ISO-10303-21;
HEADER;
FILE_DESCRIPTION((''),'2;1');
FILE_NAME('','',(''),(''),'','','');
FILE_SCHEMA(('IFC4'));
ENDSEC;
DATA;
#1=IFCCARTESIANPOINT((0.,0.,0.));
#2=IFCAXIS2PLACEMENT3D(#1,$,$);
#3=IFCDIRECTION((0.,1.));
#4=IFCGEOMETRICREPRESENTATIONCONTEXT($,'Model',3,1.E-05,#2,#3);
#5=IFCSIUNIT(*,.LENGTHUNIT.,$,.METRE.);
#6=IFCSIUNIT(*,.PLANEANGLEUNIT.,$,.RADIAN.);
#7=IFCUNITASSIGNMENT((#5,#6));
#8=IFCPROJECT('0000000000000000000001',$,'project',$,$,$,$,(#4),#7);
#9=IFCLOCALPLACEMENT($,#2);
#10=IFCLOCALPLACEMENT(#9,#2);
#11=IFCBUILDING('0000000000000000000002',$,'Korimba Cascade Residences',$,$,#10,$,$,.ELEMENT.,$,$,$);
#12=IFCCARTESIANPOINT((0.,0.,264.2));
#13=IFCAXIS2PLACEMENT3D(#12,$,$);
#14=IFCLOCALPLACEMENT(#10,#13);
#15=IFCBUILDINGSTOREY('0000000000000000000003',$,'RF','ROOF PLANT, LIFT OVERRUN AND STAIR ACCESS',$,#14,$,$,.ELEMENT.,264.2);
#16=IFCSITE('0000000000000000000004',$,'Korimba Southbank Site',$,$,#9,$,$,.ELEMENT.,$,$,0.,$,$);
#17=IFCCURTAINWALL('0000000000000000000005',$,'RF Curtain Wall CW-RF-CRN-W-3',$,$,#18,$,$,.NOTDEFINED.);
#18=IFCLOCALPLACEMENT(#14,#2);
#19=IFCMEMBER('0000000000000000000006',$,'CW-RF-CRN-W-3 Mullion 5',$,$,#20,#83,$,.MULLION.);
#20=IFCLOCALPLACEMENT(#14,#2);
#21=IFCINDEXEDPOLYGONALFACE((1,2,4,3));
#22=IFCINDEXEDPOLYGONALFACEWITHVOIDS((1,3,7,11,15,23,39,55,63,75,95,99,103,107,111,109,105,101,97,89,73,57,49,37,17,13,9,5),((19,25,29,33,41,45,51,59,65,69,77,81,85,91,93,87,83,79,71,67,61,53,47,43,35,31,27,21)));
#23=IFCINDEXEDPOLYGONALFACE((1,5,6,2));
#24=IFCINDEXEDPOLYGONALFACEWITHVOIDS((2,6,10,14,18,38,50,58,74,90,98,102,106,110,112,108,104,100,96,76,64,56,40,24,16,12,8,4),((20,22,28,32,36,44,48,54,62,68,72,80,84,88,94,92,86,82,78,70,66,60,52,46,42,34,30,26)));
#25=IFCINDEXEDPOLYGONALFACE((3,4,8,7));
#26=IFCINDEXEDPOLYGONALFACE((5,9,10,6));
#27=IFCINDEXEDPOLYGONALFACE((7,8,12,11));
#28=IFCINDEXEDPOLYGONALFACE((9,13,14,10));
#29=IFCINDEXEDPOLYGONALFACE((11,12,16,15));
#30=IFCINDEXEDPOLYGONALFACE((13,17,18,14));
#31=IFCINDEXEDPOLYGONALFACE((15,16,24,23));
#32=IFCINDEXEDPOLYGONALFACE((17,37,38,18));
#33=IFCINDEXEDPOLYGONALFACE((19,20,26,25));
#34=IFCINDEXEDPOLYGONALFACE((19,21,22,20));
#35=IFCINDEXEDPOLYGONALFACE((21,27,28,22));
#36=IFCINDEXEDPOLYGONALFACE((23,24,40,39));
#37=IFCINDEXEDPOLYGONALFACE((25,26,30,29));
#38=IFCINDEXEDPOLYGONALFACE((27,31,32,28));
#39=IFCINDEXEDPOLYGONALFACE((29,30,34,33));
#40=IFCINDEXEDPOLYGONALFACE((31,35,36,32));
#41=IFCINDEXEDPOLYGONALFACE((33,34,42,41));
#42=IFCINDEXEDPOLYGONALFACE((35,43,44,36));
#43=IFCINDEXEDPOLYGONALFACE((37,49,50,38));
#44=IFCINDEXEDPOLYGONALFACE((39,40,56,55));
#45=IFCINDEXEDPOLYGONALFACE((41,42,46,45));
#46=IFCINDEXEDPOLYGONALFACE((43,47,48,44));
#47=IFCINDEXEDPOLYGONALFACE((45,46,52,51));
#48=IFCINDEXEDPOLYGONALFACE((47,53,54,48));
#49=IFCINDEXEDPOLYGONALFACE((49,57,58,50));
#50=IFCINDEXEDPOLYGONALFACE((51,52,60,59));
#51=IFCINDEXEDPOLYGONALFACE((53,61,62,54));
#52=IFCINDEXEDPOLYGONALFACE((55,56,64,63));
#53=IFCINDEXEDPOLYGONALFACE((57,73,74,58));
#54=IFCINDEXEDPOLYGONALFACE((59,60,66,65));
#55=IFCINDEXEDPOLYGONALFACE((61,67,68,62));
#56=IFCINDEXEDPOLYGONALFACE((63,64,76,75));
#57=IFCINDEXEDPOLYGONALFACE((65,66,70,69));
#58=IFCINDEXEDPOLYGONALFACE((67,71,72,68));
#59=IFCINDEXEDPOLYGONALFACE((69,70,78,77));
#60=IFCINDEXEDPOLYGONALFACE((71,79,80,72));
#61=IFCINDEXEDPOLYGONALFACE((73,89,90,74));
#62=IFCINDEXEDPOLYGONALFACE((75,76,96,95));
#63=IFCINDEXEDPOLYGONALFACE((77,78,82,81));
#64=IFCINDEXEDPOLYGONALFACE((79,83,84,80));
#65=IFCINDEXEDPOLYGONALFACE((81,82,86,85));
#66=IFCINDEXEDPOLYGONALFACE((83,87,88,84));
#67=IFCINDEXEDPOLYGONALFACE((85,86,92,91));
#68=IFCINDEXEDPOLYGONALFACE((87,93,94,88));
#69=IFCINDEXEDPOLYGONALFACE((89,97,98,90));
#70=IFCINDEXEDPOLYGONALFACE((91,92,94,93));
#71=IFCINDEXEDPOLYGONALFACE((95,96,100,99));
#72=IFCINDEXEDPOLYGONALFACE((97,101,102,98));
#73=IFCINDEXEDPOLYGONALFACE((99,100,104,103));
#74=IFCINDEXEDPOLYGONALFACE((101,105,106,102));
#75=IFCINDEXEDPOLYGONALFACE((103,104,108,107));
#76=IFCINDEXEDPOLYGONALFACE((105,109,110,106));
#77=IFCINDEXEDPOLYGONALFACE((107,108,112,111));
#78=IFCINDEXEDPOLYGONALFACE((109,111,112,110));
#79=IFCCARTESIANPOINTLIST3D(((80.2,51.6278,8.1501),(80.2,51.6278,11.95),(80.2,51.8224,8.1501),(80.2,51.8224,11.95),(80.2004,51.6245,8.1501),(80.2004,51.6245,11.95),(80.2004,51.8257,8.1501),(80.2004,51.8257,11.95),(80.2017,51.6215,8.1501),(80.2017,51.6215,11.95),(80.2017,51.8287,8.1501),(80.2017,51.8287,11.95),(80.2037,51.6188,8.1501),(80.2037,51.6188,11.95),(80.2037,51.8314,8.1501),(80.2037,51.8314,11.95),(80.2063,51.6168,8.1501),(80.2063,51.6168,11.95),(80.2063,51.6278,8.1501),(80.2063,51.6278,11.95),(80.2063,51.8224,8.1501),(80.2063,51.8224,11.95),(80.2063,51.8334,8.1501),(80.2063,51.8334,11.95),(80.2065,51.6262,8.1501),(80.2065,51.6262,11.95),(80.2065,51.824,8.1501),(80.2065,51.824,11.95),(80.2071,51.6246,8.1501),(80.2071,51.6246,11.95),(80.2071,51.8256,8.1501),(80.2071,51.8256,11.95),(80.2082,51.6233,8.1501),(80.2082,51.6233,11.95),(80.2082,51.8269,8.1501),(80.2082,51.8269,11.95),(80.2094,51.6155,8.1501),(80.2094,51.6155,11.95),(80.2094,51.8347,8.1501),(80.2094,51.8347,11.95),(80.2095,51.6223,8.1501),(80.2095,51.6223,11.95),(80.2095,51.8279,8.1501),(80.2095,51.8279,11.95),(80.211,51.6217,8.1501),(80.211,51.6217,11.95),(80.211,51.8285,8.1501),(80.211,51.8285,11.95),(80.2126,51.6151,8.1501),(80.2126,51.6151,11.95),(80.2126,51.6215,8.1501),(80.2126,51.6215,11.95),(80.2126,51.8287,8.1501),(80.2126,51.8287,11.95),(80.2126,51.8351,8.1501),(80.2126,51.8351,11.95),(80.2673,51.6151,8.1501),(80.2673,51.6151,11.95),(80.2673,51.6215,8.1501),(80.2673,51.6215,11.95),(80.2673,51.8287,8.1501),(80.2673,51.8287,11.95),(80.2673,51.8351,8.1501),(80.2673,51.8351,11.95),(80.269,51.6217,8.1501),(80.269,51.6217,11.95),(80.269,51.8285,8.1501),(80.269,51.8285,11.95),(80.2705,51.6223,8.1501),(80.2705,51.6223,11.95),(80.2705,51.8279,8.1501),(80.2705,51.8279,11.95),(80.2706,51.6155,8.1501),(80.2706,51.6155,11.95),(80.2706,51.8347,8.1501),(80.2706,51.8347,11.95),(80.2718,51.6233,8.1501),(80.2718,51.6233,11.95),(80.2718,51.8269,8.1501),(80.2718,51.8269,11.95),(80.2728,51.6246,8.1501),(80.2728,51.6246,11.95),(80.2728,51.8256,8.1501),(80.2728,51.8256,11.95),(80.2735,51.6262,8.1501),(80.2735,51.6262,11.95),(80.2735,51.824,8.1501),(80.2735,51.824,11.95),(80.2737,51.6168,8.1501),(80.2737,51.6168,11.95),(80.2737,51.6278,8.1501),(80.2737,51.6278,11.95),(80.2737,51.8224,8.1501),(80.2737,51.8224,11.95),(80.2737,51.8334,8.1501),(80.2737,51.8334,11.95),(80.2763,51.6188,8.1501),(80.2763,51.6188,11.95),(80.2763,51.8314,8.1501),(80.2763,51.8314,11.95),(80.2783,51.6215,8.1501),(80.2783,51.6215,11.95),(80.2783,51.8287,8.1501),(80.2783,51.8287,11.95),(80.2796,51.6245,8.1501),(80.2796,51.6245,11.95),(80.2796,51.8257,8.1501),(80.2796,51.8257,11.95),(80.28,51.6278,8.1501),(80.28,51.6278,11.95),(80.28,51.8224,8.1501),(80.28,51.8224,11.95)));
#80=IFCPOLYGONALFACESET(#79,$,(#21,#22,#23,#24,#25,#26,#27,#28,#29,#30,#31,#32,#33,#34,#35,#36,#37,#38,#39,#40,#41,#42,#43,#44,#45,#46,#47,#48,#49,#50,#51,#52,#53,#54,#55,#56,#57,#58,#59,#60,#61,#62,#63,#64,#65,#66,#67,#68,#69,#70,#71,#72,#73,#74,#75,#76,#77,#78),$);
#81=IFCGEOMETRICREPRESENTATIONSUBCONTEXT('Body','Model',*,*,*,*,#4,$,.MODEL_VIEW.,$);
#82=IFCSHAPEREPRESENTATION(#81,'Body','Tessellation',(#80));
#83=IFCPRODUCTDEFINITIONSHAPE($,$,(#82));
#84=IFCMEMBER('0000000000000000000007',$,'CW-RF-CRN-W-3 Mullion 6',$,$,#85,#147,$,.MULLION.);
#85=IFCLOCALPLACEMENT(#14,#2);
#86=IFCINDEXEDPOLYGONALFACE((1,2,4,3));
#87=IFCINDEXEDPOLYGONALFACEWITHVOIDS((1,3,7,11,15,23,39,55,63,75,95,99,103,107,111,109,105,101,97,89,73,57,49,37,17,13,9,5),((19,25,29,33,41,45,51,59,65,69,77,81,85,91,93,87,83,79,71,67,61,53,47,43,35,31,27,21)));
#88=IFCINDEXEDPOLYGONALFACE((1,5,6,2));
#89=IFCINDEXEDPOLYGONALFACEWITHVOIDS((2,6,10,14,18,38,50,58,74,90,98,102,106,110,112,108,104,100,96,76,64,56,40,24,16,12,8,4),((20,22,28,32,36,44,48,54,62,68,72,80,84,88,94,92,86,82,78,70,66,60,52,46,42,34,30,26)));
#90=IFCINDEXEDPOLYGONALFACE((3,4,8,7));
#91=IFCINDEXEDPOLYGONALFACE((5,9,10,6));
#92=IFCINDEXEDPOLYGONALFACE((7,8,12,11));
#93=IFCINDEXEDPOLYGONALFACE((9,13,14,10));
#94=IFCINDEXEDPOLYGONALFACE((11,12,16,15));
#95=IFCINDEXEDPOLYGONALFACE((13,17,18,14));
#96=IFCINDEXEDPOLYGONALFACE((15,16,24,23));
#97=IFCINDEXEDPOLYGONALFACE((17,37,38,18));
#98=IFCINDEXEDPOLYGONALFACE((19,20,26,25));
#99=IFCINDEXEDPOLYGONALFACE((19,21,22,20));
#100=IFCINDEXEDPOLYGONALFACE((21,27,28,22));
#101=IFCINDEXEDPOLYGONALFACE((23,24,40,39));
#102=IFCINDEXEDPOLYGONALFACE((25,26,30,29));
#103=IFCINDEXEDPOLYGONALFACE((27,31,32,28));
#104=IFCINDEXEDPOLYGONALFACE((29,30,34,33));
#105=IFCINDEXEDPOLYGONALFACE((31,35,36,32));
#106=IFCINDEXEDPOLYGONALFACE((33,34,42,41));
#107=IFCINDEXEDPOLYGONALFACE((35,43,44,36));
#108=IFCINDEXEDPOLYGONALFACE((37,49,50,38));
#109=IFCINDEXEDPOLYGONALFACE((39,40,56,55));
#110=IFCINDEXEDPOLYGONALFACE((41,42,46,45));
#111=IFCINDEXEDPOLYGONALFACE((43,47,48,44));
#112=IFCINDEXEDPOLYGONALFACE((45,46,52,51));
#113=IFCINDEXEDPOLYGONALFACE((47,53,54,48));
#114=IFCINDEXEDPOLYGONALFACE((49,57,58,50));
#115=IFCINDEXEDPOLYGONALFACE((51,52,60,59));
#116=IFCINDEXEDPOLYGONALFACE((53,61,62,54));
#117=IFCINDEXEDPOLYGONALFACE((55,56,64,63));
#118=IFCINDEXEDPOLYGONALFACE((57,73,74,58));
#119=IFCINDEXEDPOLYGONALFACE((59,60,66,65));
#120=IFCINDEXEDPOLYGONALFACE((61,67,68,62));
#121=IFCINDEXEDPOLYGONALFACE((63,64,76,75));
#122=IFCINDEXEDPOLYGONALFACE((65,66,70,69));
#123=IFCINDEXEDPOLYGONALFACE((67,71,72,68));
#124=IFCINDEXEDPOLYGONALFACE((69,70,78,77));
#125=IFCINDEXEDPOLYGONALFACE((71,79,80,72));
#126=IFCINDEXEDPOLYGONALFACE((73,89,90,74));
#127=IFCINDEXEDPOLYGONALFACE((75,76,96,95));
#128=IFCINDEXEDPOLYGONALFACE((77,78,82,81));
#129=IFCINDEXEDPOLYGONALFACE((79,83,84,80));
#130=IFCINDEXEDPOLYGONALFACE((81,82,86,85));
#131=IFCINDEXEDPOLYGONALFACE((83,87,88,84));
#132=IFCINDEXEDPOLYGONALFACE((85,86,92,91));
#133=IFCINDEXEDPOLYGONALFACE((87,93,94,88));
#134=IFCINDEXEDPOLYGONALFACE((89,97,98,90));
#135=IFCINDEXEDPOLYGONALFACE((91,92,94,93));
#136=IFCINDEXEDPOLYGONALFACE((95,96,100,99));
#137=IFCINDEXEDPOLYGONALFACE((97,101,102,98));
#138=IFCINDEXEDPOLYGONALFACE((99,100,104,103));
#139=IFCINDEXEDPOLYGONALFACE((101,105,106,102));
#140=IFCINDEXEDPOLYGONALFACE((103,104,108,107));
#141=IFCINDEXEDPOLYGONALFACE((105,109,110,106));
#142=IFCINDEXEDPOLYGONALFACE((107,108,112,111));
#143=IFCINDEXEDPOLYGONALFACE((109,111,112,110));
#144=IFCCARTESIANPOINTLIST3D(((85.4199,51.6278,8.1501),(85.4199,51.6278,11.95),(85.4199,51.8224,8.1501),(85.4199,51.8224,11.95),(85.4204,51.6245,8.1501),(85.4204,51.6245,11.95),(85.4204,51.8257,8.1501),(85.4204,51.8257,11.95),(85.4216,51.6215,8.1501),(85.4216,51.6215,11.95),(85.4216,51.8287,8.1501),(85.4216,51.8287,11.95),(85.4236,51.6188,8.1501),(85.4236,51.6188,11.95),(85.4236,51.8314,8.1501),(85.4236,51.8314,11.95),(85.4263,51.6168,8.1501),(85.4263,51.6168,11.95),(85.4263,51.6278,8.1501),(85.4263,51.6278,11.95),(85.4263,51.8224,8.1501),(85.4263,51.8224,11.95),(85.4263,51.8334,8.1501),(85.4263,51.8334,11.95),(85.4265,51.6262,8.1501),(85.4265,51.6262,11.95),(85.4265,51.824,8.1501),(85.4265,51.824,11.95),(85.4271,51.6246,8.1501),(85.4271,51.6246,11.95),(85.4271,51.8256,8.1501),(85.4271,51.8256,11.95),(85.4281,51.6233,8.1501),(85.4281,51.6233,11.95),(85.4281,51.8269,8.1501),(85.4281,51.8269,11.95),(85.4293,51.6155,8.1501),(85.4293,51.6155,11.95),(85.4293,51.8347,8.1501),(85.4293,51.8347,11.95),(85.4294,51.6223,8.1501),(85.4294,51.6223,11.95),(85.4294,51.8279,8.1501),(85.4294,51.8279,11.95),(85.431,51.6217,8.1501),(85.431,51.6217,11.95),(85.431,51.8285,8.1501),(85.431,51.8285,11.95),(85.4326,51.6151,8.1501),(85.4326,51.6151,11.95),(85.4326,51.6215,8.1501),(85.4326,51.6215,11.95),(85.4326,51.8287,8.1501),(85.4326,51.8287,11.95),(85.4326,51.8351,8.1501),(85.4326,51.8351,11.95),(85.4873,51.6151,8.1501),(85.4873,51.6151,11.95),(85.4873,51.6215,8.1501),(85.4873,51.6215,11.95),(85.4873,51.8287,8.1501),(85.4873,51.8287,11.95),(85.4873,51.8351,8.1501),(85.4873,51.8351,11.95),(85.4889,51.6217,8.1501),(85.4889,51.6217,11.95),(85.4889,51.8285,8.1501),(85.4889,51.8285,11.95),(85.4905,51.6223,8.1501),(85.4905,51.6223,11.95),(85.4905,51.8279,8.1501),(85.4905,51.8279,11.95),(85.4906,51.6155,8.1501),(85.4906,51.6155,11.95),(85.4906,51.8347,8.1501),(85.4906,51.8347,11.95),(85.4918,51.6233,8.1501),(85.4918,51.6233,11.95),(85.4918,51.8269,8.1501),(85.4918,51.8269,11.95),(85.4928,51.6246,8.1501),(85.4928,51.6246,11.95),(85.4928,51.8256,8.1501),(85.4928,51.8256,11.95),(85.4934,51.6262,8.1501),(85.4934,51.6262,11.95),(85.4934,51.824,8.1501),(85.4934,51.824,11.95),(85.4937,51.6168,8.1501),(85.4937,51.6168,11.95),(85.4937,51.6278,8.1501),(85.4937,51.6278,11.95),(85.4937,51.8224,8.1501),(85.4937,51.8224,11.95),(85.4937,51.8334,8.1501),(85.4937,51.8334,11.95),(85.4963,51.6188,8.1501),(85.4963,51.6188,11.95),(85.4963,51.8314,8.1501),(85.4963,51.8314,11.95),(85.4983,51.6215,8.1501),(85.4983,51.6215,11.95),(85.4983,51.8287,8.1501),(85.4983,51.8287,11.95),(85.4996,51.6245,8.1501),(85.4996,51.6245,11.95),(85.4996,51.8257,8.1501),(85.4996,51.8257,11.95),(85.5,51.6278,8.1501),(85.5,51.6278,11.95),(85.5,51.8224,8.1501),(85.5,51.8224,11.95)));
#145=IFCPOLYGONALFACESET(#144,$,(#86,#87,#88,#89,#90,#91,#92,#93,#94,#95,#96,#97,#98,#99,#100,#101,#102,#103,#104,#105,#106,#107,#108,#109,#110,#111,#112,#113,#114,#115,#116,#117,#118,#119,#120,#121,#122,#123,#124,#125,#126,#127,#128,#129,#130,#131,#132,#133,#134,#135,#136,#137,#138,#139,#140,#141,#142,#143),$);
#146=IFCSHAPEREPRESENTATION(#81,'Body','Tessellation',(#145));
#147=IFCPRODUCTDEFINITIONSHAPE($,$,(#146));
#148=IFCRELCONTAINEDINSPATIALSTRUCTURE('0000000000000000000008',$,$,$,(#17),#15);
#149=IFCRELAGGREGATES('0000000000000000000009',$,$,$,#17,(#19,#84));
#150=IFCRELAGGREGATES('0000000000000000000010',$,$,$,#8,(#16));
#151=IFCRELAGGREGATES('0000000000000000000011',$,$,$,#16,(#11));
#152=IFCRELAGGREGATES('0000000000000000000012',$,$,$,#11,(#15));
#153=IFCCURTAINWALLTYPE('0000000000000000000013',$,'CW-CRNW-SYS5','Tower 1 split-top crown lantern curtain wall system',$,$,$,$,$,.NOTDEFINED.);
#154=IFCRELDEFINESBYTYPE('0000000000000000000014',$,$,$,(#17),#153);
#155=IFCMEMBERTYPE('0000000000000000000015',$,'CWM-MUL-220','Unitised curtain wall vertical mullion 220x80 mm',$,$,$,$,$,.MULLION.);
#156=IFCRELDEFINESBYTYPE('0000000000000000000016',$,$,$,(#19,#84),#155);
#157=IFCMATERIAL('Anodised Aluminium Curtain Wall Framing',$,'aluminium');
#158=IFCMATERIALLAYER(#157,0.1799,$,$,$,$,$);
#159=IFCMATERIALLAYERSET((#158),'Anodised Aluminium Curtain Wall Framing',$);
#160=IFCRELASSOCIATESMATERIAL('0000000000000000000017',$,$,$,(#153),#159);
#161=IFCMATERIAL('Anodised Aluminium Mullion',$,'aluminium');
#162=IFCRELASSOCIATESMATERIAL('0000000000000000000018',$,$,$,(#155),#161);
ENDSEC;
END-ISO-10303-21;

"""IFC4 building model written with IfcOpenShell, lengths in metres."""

from ifc_helpers import new_model, si_unit, direction, frame, origin, origin_2d, place, context, subcontext, project, spatial, hollow_rectangle, extrude, material, layer, layer_set, material_profile, profile_set, type_object, element, aggregate, save


model = new_model("IFC4")

# Units and contexts
model_context = context("Model", 3, precision=1e-05, world=origin(), true_north=direction((0.0, 1.0)))
body_context = subcontext(model_context, "Body", "Model", "MODEL_VIEW")
ifc_project = project(units=[si_unit("LENGTHUNIT", "METRE"), si_unit("PLANEANGLEUNIT", "RADIAN")], contexts=[model_context])

# Site, building, storey
site_placement = place(None, origin())
site = spatial("IfcSite", under=ifc_project, at=site_placement, Name="Korimba Southbank Site", CompositionType="ELEMENT", RefElevation=0.0)
building_placement = place(site_placement, origin())
building = spatial("IfcBuilding", under=site, at=building_placement, Name="Korimba Cascade Residences", CompositionType="ELEMENT")
storey_placement = place(building_placement, frame((0.0, 0.0, 264.2)))
storey = spatial("IfcBuildingStorey", under=building, at=storey_placement, Name="RF", Description="ROOF PLANT, LIFT OVERRUN AND STAIR ACCESS", CompositionType="ELEMENT", Elevation=264.2)

# Curtain wall, members
ifc_material_1 = material(Name="Anodised Aluminium Curtain Wall Framing", Category="aluminium")
ifc_layer_1 = layer(ifc_material_1, 0.1799)
ifc_layer_set_1 = layer_set([ifc_layer_1], Name="Anodised Aluminium Curtain Wall Framing")
curtain_wall_type = type_object("IfcCurtainWallType", Name="CW-CRNW-SYS5", Description="Tower 1 split-top crown lantern curtain wall system", PredefinedType="NOTDEFINED", material=ifc_layer_set_1)
curtain_wall_placement = place(storey_placement, origin())
curtain_wall = element("IfcCurtainWall", 1, at=curtain_wall_placement, inside=storey, type_object=curtain_wall_type, Name="RF Curtain Wall CW-RF-CRN-W-3", PredefinedType="NOTDEFINED")
ifc_material_2 = material(Name="Anodised Aluminium Mullion", Category="aluminium")
ifc_material_profile_1 = material_profile(ifc_material_2, hollow_rectangle(XDim=0.0801, YDim=0.22, WallThickness=0.0063, InnerFilletRadius=0.0063, OuterFilletRadius=0.0127, at=origin_2d()), Name="Anodised Aluminium Mullion")
ifc_profile_set_1 = profile_set([ifc_material_profile_1], Name="Anodised Aluminium Mullion")
member_type_1 = type_object("IfcMemberType", Name="CWM-MUL-220", Description="Unitised curtain wall vertical mullion 220x80 mm", PredefinedType="MULLION", material=ifc_profile_set_1)
member_1_placement = place(storey_placement, frame((80.24, 51.7251, 8.1501), z_axis=(0.0, 0.0, 1.0), x_axis=(1.0, 0.0, 0.0)))
member_1 = element("IfcMember", 2, at=member_1_placement, type_object=member_type_1, Name="CW-RF-CRN-W-3 Mullion 5", PredefinedType="MULLION", context=body_context, shape_type="SweptSolid", body=[
    extrude(hollow_rectangle(XDim=0.0801, YDim=0.22, WallThickness=0.0063, InnerFilletRadius=0.0063, OuterFilletRadius=0.0127, at=origin_2d()), origin(), (0.0, 0.0, 1.0), 3.7998),
])
member_2_placement = place(storey_placement, frame((85.46, 51.7251, 8.1501), z_axis=(0.0, 0.0, 1.0), x_axis=(1.0, 0.0, 0.0)))
member_2 = element("IfcMember", 3, at=member_2_placement, type_object=member_type_1, Name="CW-RF-CRN-W-3 Mullion 6", PredefinedType="MULLION", context=body_context, shape_type="SweptSolid", body=[
    extrude(hollow_rectangle(XDim=0.0801, YDim=0.22, WallThickness=0.0063, InnerFilletRadius=0.0063, OuterFilletRadius=0.0127, at=origin_2d()), origin(), (0.0, 0.0, 1.0), 3.7998),
])
aggregate(curtain_wall, [member_1, member_2])

save(model, "model.ifc")
